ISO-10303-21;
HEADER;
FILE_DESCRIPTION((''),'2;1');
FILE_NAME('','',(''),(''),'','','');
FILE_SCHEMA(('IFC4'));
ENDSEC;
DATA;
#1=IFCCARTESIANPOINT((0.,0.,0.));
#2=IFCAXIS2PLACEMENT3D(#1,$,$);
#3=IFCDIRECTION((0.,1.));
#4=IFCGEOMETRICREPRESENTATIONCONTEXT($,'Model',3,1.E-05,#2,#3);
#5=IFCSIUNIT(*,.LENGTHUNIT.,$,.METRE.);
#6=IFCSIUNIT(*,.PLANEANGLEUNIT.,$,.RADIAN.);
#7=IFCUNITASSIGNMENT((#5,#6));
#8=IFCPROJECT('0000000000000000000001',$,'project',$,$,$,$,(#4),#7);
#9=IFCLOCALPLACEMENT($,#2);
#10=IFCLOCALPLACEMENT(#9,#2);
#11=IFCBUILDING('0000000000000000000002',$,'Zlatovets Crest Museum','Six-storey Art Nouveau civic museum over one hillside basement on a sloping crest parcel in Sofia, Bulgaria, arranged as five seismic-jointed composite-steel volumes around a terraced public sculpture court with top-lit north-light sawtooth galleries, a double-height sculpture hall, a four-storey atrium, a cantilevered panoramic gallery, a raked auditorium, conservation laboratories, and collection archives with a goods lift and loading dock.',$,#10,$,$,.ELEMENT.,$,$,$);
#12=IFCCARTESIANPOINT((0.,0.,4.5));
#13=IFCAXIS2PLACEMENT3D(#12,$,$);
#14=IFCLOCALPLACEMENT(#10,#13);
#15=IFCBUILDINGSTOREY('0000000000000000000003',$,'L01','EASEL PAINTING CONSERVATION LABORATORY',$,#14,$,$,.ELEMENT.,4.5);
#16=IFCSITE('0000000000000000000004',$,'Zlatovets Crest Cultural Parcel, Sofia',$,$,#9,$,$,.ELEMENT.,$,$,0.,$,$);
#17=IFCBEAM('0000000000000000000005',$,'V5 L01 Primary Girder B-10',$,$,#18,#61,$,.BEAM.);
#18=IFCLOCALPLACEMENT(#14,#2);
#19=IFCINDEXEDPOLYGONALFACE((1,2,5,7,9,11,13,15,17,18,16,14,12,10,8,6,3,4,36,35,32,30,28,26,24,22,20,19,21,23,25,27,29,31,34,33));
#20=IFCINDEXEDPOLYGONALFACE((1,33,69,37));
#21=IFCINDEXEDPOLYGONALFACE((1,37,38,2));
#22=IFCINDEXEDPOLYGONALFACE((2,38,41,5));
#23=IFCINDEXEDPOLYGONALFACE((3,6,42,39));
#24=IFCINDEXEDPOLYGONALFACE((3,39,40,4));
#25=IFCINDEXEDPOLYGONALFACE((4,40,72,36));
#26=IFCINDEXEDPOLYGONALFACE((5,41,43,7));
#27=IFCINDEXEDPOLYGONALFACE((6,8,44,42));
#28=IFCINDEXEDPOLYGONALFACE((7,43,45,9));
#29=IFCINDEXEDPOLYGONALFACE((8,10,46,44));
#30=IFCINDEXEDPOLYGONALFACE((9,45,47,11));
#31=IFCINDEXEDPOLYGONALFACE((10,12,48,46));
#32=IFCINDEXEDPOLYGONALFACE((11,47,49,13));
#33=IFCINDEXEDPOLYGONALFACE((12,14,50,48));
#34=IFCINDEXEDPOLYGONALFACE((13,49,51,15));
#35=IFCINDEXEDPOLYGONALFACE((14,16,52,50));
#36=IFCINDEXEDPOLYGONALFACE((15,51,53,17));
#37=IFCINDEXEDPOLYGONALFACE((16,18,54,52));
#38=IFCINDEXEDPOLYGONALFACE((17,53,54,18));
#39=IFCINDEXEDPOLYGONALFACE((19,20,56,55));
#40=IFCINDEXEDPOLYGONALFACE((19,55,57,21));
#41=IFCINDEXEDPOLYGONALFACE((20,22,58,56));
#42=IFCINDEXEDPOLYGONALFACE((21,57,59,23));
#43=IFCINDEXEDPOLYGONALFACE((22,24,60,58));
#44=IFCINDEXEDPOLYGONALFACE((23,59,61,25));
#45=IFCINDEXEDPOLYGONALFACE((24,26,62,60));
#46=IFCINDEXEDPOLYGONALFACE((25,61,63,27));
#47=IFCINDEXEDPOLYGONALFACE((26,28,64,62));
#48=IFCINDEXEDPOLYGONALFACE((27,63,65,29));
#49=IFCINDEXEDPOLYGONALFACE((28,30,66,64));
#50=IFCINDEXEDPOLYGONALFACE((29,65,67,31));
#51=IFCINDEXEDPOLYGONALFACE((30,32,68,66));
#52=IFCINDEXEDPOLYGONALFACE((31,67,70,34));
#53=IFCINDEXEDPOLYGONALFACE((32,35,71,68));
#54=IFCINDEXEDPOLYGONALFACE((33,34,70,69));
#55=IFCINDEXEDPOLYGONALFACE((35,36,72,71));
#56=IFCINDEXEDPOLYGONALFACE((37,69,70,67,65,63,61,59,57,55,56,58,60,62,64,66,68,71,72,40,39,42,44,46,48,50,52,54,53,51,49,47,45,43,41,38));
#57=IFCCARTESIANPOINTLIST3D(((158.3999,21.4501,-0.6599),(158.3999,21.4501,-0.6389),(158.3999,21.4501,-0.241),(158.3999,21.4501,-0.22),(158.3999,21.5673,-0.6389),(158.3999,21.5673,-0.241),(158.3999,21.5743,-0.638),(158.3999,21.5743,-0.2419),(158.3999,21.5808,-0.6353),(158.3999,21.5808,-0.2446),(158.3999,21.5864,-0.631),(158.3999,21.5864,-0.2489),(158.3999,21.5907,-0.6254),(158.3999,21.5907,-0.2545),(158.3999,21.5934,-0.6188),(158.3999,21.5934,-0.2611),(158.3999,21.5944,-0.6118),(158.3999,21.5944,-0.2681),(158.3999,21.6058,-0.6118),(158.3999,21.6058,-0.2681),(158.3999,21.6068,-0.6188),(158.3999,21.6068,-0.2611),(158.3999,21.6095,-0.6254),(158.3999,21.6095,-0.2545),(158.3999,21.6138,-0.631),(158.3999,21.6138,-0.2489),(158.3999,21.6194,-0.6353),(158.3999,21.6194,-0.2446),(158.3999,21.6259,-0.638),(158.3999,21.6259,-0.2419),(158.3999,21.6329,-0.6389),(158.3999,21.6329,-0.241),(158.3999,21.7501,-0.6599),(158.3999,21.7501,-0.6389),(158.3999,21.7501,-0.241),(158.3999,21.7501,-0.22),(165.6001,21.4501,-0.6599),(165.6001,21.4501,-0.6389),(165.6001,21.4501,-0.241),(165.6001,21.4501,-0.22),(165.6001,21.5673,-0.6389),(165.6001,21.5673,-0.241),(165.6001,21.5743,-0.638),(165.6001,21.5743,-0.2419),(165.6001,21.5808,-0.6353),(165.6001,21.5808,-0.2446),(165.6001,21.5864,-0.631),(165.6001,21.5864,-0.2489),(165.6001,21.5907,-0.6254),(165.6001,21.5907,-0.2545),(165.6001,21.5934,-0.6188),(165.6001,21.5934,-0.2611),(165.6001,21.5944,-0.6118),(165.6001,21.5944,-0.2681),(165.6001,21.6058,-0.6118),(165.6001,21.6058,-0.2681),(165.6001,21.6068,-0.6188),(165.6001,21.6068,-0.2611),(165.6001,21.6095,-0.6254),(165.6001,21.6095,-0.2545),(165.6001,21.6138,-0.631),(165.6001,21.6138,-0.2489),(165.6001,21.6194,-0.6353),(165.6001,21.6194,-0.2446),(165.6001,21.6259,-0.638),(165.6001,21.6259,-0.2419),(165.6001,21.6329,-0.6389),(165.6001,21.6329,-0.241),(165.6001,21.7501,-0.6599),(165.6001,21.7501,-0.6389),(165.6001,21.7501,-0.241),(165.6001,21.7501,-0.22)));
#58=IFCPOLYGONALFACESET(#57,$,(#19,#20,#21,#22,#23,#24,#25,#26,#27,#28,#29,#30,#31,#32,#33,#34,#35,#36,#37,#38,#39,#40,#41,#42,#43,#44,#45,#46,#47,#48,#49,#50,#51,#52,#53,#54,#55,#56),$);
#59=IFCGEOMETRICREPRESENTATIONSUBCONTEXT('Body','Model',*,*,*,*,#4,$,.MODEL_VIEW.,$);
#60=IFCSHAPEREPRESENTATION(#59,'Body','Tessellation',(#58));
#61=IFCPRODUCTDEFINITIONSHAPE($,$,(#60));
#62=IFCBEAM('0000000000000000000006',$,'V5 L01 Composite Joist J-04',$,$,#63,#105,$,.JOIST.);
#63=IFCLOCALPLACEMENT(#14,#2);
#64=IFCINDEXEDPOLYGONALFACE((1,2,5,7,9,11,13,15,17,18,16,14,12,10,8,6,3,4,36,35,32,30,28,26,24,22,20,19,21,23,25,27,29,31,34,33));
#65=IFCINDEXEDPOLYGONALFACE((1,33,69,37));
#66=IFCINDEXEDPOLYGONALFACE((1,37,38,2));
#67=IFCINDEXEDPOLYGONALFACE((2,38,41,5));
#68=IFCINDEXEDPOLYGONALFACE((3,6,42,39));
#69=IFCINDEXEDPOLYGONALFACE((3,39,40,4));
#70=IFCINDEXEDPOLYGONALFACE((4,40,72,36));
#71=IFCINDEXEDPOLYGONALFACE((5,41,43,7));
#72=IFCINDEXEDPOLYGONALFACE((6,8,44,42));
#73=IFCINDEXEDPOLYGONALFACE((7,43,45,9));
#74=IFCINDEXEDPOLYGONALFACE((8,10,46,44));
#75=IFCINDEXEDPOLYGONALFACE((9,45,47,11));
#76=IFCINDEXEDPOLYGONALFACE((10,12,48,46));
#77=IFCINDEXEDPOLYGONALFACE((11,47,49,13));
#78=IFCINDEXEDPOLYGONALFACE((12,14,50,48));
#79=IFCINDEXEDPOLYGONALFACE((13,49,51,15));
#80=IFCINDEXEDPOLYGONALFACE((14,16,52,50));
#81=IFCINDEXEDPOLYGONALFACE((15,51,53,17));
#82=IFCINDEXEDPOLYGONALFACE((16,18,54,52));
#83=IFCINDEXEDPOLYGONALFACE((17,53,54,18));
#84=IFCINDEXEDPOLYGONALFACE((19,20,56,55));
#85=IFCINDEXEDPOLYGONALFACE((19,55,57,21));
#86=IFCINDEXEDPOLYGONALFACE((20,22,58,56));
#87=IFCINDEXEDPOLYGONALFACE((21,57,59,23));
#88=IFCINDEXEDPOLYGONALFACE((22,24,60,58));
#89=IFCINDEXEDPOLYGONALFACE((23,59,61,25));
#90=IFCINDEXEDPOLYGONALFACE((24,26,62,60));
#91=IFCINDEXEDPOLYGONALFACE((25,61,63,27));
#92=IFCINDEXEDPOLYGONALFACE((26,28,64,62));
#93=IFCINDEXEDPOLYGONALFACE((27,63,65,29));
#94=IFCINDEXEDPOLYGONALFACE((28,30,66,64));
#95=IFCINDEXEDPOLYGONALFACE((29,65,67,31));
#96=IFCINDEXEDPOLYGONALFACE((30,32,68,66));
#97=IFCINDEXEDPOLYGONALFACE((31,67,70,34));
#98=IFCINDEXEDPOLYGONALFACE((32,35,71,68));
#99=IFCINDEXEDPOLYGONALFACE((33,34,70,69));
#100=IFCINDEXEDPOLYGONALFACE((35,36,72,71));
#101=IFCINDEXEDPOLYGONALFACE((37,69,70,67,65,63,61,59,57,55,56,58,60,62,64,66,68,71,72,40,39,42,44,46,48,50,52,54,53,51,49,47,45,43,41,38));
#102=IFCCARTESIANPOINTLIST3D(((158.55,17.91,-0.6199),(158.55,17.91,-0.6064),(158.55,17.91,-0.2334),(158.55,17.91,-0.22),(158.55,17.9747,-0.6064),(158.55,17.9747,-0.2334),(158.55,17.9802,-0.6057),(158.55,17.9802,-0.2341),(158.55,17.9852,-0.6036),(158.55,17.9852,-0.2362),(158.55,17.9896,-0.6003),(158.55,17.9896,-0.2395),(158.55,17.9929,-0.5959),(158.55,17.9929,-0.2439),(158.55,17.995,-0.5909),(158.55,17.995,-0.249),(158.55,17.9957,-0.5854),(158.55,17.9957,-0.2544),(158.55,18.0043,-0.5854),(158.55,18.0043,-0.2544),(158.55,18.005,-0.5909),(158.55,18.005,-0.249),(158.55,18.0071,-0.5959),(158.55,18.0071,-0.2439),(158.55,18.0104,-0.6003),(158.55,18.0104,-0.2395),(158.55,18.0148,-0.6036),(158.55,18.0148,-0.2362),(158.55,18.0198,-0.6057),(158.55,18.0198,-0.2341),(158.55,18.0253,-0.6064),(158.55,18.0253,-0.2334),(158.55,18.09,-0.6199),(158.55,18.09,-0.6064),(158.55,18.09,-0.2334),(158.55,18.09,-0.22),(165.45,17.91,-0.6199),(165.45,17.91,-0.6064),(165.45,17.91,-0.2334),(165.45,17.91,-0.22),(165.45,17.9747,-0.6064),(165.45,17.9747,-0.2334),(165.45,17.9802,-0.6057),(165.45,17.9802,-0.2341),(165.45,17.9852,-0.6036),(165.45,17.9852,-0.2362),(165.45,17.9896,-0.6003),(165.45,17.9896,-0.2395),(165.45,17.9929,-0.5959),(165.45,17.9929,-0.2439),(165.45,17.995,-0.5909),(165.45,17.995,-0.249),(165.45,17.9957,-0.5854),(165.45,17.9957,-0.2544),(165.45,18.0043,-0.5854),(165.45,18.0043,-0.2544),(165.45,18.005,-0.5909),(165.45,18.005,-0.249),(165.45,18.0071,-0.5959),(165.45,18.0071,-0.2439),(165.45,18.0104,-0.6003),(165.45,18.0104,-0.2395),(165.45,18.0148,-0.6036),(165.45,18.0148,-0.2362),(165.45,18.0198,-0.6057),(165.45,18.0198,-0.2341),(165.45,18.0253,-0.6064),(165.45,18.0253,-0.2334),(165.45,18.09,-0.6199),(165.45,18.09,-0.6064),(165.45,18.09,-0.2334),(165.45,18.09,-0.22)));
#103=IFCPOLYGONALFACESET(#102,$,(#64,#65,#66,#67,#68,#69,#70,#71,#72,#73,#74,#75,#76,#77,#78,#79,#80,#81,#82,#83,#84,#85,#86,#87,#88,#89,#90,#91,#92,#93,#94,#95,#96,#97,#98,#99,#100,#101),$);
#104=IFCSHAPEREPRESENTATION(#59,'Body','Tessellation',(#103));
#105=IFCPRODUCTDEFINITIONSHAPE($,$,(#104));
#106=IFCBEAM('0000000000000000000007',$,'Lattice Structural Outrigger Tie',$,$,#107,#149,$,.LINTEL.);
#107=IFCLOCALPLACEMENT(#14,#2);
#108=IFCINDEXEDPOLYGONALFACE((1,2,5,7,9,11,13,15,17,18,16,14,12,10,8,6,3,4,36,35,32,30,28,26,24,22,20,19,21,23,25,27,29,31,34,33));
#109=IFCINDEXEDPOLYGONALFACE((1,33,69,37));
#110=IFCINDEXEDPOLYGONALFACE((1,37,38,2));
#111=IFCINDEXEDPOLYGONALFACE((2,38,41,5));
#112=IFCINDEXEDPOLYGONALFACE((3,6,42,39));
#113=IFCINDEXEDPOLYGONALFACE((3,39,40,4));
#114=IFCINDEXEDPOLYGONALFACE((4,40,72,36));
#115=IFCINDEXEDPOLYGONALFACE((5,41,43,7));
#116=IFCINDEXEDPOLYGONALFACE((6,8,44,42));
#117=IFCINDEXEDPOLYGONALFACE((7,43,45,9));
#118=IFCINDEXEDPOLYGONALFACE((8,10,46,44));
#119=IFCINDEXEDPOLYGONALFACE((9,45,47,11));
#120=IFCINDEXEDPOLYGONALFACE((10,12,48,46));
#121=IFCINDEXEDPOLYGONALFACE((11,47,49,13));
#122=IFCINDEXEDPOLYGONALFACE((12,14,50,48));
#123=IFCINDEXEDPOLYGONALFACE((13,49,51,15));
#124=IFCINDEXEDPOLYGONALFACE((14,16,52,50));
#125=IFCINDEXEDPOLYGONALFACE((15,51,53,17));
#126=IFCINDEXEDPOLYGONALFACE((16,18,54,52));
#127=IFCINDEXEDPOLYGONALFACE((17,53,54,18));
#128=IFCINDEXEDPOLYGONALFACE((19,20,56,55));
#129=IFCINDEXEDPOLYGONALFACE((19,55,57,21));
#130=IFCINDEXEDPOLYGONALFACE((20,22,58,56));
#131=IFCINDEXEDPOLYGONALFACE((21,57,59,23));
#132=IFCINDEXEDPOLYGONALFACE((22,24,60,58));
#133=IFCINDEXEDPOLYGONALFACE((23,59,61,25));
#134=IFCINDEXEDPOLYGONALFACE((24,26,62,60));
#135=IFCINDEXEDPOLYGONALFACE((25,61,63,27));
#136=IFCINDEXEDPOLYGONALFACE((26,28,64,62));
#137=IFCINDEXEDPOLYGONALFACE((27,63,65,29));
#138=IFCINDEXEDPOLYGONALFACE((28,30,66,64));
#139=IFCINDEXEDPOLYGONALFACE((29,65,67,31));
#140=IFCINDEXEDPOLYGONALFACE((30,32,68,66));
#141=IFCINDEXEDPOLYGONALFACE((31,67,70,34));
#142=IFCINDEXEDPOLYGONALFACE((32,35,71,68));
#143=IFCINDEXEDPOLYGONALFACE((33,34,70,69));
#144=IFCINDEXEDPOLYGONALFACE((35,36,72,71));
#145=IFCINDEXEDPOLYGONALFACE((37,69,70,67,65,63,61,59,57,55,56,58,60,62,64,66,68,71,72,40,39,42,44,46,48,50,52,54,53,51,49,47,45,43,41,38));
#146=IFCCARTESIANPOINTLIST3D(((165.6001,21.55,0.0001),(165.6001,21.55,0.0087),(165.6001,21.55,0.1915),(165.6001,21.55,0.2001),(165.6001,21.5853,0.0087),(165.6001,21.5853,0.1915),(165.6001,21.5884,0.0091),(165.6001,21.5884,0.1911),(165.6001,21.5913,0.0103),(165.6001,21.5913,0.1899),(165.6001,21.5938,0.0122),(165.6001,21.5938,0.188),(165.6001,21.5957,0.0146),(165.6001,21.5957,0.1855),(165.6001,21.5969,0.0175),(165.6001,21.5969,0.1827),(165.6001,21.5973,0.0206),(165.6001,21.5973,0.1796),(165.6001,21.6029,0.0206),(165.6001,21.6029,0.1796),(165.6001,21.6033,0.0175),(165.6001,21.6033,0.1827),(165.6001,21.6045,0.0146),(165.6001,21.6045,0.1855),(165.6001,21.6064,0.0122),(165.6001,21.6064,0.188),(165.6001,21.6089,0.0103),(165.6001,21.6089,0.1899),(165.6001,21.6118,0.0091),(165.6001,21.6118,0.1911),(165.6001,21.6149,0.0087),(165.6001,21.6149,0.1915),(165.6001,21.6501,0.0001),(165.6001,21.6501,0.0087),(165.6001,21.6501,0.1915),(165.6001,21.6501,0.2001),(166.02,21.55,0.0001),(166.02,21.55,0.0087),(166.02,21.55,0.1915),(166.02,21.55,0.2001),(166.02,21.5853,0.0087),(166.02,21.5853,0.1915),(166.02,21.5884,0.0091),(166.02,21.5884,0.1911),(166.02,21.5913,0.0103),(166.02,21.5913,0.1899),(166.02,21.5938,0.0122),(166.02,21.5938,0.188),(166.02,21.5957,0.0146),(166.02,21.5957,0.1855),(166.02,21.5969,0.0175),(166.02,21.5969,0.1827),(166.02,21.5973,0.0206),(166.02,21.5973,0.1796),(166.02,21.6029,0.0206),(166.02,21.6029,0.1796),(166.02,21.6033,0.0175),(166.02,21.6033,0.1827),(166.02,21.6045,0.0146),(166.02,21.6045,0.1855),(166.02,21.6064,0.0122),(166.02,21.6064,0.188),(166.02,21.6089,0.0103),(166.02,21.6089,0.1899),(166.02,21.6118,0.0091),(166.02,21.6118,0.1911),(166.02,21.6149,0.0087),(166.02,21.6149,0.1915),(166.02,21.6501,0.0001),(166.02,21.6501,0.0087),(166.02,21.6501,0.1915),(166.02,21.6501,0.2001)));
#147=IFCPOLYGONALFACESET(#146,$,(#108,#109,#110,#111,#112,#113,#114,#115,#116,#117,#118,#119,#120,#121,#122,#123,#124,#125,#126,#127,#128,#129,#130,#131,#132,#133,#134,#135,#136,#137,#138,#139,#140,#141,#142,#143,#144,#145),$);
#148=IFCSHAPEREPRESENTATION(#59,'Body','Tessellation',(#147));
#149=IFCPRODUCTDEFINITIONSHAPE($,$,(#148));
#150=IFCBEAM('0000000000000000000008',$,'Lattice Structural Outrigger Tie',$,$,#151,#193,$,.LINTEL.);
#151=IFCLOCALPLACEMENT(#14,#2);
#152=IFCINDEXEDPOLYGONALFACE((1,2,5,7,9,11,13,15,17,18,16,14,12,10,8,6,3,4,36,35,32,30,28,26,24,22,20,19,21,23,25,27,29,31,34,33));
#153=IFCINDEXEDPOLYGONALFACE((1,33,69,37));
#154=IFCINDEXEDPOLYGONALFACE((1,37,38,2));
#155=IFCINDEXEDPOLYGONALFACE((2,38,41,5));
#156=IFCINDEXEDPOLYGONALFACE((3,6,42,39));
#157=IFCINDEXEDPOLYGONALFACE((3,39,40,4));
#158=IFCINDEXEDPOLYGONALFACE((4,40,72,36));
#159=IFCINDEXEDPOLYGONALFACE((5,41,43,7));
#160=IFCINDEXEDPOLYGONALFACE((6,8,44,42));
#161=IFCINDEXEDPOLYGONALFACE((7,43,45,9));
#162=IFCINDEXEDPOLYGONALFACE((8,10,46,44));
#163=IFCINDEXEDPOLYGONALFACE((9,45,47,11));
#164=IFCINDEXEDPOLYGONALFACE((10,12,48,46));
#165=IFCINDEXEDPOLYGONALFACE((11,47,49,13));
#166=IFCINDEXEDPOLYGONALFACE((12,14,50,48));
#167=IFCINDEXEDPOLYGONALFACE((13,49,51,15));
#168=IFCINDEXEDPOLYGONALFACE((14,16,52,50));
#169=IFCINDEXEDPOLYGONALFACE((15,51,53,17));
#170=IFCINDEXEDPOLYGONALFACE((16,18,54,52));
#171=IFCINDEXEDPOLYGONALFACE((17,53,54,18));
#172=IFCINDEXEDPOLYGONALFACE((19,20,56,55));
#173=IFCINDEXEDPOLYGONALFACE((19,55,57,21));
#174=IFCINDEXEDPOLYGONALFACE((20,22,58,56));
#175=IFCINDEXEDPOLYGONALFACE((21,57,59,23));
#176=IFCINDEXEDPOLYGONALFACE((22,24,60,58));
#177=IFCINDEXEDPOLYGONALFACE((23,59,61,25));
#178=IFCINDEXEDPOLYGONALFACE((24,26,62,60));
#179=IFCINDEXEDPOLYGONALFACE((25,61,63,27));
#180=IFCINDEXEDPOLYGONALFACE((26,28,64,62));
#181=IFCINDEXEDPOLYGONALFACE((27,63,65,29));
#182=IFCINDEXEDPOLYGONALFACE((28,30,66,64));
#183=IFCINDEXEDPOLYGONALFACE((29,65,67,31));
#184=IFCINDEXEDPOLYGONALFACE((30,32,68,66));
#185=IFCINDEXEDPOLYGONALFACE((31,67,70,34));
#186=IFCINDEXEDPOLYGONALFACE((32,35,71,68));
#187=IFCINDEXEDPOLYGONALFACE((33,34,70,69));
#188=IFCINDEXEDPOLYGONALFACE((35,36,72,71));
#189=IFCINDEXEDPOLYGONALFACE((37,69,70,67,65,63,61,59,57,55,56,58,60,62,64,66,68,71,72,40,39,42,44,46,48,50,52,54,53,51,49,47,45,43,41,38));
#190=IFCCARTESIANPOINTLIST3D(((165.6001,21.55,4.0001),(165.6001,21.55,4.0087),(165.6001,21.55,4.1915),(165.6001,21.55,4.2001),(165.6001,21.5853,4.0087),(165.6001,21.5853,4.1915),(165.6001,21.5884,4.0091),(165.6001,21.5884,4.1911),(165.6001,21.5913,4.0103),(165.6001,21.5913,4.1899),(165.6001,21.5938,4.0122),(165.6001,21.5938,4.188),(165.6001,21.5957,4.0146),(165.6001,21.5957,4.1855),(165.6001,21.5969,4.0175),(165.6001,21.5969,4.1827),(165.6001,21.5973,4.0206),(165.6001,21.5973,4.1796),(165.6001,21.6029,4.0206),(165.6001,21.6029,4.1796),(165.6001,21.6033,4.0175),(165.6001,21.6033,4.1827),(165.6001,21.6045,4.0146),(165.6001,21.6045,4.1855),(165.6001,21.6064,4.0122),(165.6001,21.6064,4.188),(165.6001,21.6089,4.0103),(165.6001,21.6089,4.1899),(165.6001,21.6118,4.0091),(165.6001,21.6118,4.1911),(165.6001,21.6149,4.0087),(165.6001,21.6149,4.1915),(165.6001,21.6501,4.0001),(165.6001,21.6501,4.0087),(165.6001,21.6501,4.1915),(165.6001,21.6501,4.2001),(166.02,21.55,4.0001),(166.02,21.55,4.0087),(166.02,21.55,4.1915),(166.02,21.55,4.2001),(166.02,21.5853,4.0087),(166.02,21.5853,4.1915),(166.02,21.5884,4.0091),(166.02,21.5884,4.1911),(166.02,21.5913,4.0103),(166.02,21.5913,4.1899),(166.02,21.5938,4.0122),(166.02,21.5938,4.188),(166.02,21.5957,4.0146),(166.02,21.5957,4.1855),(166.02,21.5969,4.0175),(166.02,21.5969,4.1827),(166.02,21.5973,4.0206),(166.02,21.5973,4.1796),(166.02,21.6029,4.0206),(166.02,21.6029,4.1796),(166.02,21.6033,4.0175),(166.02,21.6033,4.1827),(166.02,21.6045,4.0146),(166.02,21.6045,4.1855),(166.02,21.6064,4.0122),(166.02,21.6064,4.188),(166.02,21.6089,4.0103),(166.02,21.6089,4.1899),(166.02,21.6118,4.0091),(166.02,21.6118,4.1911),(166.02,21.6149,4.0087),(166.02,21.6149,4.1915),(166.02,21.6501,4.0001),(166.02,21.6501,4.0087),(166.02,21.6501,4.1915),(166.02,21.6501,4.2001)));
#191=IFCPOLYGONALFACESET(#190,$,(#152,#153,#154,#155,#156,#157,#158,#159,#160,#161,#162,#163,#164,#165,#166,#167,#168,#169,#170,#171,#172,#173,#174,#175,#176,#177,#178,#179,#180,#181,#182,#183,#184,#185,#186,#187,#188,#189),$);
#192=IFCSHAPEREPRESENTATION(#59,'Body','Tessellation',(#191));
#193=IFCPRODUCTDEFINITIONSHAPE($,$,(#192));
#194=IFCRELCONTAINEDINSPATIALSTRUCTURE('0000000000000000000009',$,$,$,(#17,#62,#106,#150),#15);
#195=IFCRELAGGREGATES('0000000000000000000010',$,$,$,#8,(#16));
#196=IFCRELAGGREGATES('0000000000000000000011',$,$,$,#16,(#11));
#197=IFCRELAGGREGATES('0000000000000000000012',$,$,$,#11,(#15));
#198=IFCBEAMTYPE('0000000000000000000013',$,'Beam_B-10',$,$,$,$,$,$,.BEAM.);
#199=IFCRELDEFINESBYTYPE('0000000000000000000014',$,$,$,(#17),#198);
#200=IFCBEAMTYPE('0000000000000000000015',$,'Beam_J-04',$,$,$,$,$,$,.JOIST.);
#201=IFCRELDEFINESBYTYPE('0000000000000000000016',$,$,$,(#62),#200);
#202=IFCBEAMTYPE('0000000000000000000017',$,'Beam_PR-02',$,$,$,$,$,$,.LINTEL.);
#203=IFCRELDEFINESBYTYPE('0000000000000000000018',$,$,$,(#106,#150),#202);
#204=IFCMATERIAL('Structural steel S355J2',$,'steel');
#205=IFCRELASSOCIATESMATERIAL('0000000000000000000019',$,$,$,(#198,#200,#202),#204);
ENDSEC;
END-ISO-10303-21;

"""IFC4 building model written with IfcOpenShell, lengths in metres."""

from ifc_helpers import new_model, si_unit, direction, frame, origin, origin_2d, place, context, subcontext, project, spatial, i_section, extrude, material, material_profile, profile_set, type_object, element, save


model = new_model("IFC4")

# Units and contexts
model_context = context("Model", 3, precision=1e-05, world=origin(), true_north=direction((0.0, 1.0)))
body_context = subcontext(model_context, "Body", "Model", "MODEL_VIEW")
ifc_project = project(units=[si_unit("LENGTHUNIT", "METRE"), si_unit("PLANEANGLEUNIT", "RADIAN")], contexts=[model_context])

# Site, building, storey
site_placement = place(None, origin())
site = spatial("IfcSite", under=ifc_project, at=site_placement, Name="Zlatovets Crest Cultural Parcel, Sofia", CompositionType="ELEMENT", RefElevation=0.0)
building_placement = place(site_placement, origin())
building = spatial("IfcBuilding", under=site, at=building_placement, Name="Zlatovets Crest Museum", Description="Six-storey Art Nouveau civic museum over one hillside basement on a sloping crest parcel in Sofia, Bulgaria, arranged as five seismic-jointed composite-steel volumes around a terraced public sculpture court with top-lit north-light sawtooth galleries, a double-height sculpture hall, a four-storey atrium, a cantilevered panoramic gallery, a raked auditorium, conservation laboratories, and collection archives with a goods lift and loading dock.", CompositionType="ELEMENT")
storey_placement = place(building_placement, frame((0.0, 0.0, 4.5)))
storey = spatial("IfcBuildingStorey", under=building, at=storey_placement, Name="L01", Description="EASEL PAINTING CONSERVATION LABORATORY", CompositionType="ELEMENT", Elevation=4.5)

# Shared definitions
ifc_material_1 = material(Name="Structural steel S355J2", Category="steel")

# Beams
ifc_material_profile_1 = material_profile(ifc_material_1, i_section(OverallWidth=0.3, OverallDepth=0.4399, WebThickness=0.0115, FlangeThickness=0.021, FilletRadius=0.0271, at=origin_2d()), Name="HEA 450")
ifc_profile_set_1 = profile_set([ifc_material_profile_1], Name="Structural steel S355J2")
beam_type_1 = type_object("IfcBeamType", Name="Beam_B-10", PredefinedType="BEAM", material=ifc_profile_set_1)
beam_1_placement = place(storey_placement, frame((158.3999, 21.6001, -0.4399), z_axis=(1.0, 0.0, 0.0), x_axis=(0.0, 1.0, 0.0)))
element("IfcBeam", 1, at=beam_1_placement, inside=storey, type_object=beam_type_1, Name="V5 L01 Primary Girder B-10", PredefinedType="BEAM", context=body_context, shape_type="SweptSolid", body=[
    extrude(i_section(OverallWidth=0.3, OverallDepth=0.4399, WebThickness=0.0115, FlangeThickness=0.021, FilletRadius=0.0271, at=origin_2d()), origin(), (0.0, 0.0, 1.0), 7.2002),
])
ifc_material_profile_2 = material_profile(ifc_material_1, i_section(OverallWidth=0.1799, OverallDepth=0.3999, WebThickness=0.0085, FlangeThickness=0.0134, FilletRadius=0.021, at=origin_2d()), Name="IPE 400")
ifc_profile_set_2 = profile_set([ifc_material_profile_2], Name="Structural steel S355J2")
beam_type_2 = type_object("IfcBeamType", Name="Beam_J-04", PredefinedType="JOIST", material=ifc_profile_set_2)
beam_2_placement = place(storey_placement, frame((158.55, 18.0, -0.4199), z_axis=(1.0, 0.0, 0.0), x_axis=(0.0, 1.0, 0.0)))
element("IfcBeam", 2, at=beam_2_placement, inside=storey, type_object=beam_type_2, Name="V5 L01 Composite Joist J-04", PredefinedType="JOIST", context=body_context, shape_type="SweptSolid", body=[
    extrude(i_section(OverallWidth=0.1799, OverallDepth=0.3999, WebThickness=0.0085, FlangeThickness=0.0134, FilletRadius=0.021, at=origin_2d()), origin(), (0.0, 0.0, 1.0), 6.8999),
])
ifc_material_profile_3 = material_profile(ifc_material_1, i_section(OverallWidth=0.1001, OverallDepth=0.2, WebThickness=0.0056, FlangeThickness=0.0085, FilletRadius=0.012, at=origin_2d()), Name="IPE 200")
ifc_profile_set_3 = profile_set([ifc_material_profile_3], Name="Structural steel S355J2")
beam_type_3 = type_object("IfcBeamType", Name="Beam_PR-02", PredefinedType="LINTEL", material=ifc_profile_set_3)
for number, where, z_axis, x_axis, name in (
    (3, (165.6001, 21.6001, 0.1001), (1.0, 0.0, 0.0), (0.0, 1.0, 0.0), "Lattice Structural Outrigger Tie"),
    (4, (165.6001, 21.6001, 4.1001), (1.0, 0.0, 0.0), (0.0, 1.0, 0.0), "Lattice Structural Outrigger Tie"),
):
    element("IfcBeam", number, at=place(storey_placement, frame(where, z_axis=z_axis, x_axis=x_axis)), inside=storey, type_object=beam_type_3, Name=name, PredefinedType="LINTEL", context=body_context, shape_type="SweptSolid", body=[
        extrude(i_section(OverallWidth=0.1001, OverallDepth=0.2, WebThickness=0.0056, FlangeThickness=0.0085, FilletRadius=0.012, at=origin_2d()), origin(), (0.0, 0.0, 1.0), 0.4199),
    ])

save(model, "model.ifc")
